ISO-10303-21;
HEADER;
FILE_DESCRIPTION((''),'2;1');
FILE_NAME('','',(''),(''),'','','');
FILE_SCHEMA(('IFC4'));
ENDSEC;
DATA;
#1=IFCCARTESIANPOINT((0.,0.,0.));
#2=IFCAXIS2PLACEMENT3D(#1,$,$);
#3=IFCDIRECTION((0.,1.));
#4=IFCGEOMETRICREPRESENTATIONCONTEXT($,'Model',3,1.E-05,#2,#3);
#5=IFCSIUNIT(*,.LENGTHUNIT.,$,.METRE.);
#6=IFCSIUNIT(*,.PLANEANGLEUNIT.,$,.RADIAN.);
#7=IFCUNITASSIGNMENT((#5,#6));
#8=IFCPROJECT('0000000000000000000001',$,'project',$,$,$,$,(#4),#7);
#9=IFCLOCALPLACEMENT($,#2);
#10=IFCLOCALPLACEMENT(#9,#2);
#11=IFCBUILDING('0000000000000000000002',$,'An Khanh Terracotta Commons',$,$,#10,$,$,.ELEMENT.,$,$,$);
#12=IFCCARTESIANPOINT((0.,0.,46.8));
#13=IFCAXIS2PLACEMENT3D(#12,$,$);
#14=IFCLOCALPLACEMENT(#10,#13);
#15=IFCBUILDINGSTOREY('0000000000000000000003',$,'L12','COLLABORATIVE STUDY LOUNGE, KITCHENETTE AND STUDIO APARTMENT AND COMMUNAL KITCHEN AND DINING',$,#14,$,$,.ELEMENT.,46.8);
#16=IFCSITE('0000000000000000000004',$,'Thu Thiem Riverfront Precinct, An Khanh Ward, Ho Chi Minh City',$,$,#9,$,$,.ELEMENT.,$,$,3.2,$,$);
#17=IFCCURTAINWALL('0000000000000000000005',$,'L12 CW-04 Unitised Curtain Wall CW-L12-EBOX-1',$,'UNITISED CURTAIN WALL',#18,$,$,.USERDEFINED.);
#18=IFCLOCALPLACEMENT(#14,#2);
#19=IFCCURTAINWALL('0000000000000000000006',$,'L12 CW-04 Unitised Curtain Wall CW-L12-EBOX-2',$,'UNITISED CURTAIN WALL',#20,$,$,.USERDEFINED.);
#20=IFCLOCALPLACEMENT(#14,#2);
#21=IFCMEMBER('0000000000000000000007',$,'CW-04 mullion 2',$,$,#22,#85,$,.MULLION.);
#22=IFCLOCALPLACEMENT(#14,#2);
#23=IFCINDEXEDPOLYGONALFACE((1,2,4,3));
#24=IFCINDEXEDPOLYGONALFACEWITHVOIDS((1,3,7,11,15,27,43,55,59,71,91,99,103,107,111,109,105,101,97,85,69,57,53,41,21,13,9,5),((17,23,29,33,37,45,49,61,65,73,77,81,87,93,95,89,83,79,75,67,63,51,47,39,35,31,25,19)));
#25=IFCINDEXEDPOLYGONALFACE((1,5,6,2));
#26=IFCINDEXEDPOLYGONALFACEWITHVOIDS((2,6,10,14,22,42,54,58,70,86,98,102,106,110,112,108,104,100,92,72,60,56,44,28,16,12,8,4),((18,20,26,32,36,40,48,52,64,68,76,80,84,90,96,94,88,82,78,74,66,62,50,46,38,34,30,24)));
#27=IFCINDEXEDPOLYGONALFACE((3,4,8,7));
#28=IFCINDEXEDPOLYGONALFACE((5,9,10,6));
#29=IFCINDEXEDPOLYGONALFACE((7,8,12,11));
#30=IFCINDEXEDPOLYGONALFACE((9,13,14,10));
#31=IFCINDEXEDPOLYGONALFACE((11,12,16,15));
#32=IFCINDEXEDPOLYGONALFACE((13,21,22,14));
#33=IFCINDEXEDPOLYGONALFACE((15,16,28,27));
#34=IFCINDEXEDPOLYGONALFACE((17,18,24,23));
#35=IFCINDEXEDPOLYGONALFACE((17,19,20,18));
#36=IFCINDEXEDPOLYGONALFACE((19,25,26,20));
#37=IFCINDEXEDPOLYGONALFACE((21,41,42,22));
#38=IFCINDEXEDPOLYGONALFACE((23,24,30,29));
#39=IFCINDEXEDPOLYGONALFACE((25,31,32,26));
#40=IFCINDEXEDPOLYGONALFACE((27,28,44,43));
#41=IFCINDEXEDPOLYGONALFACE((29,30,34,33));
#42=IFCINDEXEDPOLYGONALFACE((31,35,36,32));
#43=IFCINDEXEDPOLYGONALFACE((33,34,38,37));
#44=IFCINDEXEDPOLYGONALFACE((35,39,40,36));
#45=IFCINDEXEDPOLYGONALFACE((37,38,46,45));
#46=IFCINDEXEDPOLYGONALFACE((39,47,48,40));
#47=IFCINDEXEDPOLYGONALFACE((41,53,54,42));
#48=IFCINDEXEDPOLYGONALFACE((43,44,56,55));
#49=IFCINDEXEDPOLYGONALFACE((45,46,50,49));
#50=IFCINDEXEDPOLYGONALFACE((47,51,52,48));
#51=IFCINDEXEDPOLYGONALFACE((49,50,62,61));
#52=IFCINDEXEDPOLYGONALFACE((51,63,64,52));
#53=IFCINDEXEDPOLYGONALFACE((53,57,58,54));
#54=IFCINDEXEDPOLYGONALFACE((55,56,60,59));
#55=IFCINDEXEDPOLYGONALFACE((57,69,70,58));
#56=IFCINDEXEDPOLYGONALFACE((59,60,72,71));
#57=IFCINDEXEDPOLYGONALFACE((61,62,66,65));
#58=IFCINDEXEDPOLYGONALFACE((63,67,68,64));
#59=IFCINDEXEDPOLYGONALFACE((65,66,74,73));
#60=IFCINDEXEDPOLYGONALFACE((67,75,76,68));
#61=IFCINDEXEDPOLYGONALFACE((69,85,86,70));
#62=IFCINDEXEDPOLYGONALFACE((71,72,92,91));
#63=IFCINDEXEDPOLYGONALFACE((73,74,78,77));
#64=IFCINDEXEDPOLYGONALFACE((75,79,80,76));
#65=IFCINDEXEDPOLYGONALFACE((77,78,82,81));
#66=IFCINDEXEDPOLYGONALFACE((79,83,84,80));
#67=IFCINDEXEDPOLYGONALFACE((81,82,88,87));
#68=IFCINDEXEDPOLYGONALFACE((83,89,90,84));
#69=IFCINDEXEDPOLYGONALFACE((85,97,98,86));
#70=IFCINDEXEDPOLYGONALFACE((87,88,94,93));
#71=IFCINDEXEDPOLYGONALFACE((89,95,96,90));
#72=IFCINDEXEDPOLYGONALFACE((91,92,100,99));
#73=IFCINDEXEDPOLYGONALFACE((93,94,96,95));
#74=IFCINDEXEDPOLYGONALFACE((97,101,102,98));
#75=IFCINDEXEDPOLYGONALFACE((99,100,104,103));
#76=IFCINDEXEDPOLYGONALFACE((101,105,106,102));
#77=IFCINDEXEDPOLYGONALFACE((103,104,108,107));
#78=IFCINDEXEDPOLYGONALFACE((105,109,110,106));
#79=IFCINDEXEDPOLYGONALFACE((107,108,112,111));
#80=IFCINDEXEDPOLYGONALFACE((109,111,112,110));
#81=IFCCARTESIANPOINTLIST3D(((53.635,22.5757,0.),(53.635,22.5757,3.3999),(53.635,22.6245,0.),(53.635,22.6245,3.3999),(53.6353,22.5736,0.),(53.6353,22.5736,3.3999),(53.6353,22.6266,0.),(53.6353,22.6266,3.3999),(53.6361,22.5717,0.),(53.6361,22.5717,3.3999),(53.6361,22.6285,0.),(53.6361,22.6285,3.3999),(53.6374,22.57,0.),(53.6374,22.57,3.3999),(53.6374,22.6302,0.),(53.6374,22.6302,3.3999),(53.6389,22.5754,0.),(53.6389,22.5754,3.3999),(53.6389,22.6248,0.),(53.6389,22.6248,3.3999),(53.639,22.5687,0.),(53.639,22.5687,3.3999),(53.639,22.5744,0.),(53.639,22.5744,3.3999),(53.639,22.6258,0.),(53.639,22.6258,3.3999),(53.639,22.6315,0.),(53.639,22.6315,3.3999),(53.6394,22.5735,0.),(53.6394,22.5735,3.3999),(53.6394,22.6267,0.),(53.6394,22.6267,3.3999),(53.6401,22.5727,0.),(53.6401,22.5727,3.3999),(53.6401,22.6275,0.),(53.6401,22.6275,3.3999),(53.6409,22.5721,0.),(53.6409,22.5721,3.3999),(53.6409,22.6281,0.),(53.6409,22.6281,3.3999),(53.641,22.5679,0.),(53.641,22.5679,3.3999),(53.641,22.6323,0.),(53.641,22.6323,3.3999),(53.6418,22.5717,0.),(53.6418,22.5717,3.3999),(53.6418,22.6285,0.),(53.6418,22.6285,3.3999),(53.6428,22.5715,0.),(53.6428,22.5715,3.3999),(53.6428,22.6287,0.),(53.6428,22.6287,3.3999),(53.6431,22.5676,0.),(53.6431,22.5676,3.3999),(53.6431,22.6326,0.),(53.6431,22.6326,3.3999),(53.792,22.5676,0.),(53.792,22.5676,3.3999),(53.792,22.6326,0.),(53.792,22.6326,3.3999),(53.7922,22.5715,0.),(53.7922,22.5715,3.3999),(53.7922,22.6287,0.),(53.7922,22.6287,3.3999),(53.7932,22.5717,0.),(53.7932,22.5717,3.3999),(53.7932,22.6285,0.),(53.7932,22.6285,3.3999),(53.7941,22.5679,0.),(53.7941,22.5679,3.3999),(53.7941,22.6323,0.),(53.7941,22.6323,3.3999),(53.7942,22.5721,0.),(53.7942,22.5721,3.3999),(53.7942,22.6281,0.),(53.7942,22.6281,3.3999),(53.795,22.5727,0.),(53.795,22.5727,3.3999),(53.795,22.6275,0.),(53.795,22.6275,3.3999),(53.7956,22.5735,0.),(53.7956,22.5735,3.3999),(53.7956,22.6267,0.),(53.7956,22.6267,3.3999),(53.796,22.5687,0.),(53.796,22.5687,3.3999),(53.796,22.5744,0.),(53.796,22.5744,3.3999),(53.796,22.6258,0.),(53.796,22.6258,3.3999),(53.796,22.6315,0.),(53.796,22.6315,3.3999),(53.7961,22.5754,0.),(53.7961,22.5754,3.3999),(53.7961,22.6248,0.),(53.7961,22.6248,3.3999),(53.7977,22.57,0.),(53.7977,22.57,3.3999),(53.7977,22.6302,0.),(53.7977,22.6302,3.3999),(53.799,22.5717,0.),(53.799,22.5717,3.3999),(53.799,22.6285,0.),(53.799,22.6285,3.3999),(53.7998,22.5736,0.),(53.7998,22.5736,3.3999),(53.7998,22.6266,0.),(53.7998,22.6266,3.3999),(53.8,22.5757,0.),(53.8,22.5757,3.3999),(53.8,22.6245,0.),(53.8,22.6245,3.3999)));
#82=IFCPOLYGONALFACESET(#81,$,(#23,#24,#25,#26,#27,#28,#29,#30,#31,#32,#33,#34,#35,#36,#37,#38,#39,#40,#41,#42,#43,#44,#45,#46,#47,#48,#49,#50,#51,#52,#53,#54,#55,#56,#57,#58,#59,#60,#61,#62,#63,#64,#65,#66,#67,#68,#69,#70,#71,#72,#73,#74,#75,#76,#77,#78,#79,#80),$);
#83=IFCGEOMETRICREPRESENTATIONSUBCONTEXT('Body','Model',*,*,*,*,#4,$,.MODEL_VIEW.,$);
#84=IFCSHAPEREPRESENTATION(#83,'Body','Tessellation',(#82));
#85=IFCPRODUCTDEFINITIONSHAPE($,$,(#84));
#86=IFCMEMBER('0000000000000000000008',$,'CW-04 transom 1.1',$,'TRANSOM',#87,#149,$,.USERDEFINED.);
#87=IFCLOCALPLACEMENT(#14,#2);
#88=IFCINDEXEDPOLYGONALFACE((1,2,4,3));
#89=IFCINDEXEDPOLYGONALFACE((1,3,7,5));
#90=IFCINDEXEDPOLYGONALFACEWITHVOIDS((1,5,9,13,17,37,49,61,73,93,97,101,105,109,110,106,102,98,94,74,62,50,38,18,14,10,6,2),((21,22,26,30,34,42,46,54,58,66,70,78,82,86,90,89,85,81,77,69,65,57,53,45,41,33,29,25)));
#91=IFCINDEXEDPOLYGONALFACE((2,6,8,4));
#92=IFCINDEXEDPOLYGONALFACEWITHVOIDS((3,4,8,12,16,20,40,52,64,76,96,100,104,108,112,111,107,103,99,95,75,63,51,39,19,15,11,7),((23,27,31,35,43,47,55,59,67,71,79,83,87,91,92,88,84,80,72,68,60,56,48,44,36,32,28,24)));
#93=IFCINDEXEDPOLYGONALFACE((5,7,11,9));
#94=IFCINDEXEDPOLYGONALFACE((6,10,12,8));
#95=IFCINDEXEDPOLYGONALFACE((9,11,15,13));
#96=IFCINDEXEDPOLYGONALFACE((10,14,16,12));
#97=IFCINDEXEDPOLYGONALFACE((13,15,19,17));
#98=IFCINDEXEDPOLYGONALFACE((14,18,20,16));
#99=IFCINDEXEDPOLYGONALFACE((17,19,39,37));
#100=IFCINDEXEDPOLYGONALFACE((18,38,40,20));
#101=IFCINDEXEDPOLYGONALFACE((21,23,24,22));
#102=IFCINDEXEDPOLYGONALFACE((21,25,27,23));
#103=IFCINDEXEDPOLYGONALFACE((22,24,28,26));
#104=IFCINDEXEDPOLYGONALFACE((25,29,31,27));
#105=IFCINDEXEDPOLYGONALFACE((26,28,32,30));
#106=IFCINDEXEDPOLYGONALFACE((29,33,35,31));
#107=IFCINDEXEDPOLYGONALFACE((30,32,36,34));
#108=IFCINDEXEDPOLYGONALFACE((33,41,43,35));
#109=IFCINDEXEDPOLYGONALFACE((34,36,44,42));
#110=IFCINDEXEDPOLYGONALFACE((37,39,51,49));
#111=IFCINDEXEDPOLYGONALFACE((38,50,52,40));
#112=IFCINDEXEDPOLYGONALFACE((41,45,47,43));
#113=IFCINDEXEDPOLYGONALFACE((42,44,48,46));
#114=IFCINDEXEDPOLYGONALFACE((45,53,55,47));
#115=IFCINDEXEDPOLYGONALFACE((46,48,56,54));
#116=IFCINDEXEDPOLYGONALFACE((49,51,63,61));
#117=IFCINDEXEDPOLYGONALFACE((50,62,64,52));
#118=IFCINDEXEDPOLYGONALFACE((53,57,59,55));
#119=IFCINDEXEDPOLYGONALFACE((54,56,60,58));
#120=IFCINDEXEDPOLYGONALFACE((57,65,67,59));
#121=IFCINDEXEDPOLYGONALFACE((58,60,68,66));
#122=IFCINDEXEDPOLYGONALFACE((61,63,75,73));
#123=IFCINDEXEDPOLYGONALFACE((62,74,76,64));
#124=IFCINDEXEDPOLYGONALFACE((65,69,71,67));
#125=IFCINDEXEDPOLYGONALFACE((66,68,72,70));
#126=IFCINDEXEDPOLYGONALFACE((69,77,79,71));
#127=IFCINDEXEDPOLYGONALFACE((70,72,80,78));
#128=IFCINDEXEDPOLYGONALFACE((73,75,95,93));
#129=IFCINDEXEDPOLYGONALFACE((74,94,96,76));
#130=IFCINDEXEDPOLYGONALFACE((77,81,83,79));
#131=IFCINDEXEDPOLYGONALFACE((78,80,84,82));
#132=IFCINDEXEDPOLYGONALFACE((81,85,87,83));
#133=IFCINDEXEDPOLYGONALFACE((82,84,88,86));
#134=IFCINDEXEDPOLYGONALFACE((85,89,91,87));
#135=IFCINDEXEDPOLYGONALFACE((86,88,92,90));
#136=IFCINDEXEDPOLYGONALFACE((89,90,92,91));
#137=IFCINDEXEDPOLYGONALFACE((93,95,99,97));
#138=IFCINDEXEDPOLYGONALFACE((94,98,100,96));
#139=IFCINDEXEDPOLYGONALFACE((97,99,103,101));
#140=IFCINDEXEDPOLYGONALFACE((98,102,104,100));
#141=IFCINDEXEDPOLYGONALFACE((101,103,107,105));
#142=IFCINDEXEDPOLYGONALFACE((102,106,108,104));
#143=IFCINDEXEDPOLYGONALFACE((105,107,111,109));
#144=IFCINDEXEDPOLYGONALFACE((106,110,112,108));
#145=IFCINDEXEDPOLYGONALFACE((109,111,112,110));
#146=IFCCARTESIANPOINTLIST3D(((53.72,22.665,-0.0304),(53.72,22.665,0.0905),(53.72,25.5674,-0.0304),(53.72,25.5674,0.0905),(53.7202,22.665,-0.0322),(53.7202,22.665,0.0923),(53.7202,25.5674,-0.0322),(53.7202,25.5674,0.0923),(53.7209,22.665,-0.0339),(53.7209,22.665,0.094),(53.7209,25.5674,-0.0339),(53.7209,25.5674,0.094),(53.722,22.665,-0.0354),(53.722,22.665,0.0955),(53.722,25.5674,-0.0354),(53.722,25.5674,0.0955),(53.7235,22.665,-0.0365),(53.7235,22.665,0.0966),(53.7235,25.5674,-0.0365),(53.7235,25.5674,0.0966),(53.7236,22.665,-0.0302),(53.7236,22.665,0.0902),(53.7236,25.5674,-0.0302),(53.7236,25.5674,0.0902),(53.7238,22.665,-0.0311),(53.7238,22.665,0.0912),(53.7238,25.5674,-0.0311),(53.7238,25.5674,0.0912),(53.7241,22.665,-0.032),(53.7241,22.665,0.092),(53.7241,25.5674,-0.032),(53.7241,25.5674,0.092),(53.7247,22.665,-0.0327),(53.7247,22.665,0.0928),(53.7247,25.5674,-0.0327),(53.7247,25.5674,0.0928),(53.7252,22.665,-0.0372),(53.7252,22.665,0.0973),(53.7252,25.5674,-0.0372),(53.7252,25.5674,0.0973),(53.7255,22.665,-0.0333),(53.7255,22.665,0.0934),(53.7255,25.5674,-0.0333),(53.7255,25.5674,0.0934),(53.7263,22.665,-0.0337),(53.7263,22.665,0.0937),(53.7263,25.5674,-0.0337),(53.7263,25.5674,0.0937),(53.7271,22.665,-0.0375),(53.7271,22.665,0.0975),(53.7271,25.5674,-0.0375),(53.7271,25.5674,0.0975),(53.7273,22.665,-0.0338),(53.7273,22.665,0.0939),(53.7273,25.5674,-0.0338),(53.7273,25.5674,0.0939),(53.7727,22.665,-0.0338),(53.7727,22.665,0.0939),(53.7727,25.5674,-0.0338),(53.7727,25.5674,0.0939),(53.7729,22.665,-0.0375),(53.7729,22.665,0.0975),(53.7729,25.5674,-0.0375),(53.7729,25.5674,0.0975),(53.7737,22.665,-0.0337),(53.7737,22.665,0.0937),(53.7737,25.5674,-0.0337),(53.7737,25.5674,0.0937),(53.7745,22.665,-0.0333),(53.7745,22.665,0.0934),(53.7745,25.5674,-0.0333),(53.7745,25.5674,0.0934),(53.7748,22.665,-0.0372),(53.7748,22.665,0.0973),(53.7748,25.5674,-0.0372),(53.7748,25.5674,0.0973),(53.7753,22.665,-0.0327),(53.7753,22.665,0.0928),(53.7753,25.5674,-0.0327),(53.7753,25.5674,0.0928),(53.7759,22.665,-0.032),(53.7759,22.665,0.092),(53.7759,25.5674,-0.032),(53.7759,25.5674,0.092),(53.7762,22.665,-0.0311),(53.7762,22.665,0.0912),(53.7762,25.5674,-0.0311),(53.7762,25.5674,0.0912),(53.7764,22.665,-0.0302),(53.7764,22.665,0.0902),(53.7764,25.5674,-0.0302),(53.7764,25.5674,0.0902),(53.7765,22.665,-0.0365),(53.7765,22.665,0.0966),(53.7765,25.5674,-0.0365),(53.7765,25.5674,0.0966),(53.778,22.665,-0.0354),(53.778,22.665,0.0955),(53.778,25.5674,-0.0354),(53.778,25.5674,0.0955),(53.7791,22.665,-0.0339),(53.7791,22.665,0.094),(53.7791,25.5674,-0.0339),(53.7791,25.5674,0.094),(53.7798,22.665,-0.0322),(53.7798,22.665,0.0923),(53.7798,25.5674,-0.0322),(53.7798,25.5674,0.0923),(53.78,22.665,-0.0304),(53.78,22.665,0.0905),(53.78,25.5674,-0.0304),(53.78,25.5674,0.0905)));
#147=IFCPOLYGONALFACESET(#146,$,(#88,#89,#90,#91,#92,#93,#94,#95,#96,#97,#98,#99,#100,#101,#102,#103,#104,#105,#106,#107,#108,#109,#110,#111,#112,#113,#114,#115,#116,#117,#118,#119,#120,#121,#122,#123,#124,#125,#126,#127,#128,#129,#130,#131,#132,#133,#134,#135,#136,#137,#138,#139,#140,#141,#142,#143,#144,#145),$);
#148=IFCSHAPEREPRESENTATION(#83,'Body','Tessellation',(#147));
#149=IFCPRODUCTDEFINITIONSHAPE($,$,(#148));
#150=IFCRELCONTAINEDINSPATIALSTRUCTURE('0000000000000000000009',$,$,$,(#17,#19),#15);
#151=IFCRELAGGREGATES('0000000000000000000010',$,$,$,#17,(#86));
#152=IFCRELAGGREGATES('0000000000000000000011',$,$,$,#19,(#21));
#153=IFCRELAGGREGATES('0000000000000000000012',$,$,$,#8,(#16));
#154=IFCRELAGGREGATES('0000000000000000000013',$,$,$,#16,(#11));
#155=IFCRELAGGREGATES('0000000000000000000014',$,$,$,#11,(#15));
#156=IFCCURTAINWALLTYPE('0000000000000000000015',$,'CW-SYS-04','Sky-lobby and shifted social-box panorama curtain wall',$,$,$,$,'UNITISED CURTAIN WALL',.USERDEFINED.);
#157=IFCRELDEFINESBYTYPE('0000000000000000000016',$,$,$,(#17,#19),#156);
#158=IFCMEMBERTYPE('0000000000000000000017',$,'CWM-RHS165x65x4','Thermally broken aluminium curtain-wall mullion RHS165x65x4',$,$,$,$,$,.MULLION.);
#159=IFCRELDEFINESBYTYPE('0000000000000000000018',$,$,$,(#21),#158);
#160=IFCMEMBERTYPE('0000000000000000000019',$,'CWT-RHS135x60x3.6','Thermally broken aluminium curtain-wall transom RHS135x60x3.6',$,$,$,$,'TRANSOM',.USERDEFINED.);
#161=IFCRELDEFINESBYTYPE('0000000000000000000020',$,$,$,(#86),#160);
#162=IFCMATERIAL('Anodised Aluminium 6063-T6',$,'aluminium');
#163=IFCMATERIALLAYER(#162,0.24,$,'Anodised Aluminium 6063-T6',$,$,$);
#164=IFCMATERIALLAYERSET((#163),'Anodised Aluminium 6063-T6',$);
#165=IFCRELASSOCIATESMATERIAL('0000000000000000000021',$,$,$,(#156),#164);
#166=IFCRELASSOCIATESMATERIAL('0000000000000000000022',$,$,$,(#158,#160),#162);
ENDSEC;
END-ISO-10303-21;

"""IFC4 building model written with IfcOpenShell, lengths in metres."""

from ifc_helpers import new_model, si_unit, direction, frame, origin, origin_2d, place, context, subcontext, project, spatial, hollow_rectangle, extrude, material, layer, layer_set, material_profile, profile_set, type_object, element, aggregate, save


model = new_model("IFC4")

# Units and contexts
model_context = context("Model", 3, precision=1e-05, world=origin(), true_north=direction((0.0, 1.0)))
body_context = subcontext(model_context, "Body", "Model", "MODEL_VIEW")
ifc_project = project(units=[si_unit("LENGTHUNIT", "METRE"), si_unit("PLANEANGLEUNIT", "RADIAN")], contexts=[model_context])

# Site, building, storey
site_placement = place(None, origin())
site = spatial("IfcSite", under=ifc_project, at=site_placement, Name="Thu Thiem Riverfront Precinct, An Khanh Ward, Ho Chi Minh City", CompositionType="ELEMENT", RefElevation=3.2)
building_placement = place(site_placement, origin())
building = spatial("IfcBuilding", under=site, at=building_placement, Name="An Khanh Terracotta Commons", CompositionType="ELEMENT")
storey_placement = place(building_placement, frame((0.0, 0.0, 46.8)))
storey = spatial("IfcBuildingStorey", under=building, at=storey_placement, Name="L12", Description="COLLABORATIVE STUDY LOUNGE, KITCHENETTE AND STUDIO APARTMENT AND COMMUNAL KITCHEN AND DINING", CompositionType="ELEMENT", Elevation=46.8)

# Curtain wall
ifc_material_1 = material(Name="Anodised Aluminium 6063-T6", Category="aluminium")
ifc_layer_1 = layer(ifc_material_1, 0.24, Name="Anodised Aluminium 6063-T6")
ifc_layer_set_1 = layer_set([ifc_layer_1], Name="Anodised Aluminium 6063-T6")
curtain_wall_type = type_object("IfcCurtainWallType", Name="CW-SYS-04", Description="Sky-lobby and shifted social-box panorama curtain wall", ElementType="UNITISED CURTAIN WALL", PredefinedType="USERDEFINED", material=ifc_layer_set_1)
curtain_wall_1_placement = place(storey_placement, origin())
curtain_wall_1 = element("IfcCurtainWall", 1, at=curtain_wall_1_placement, inside=storey, type_object=curtain_wall_type, Name="L12 CW-04 Unitised Curtain Wall CW-L12-EBOX-1", ObjectType="UNITISED CURTAIN WALL", PredefinedType="USERDEFINED")
ifc_material_profile_1 = material_profile(ifc_material_1, hollow_rectangle(XDim=0.0649, YDim=0.165, WallThickness=0.0039, InnerFilletRadius=0.0039, OuterFilletRadius=0.0081, at=origin_2d()), Name="RHS165x65x4")
ifc_profile_set_1 = profile_set([ifc_material_profile_1], Name="Anodised Aluminium 6063-T6")
member_type_1 = type_object("IfcMemberType", Name="CWM-RHS165x65x4", Description="Thermally broken aluminium curtain-wall mullion RHS165x65x4", PredefinedType="MULLION", material=ifc_profile_set_1)

# Curtain wall, member
curtain_wall_2_placement = place(storey_placement, origin())
curtain_wall_2 = element("IfcCurtainWall", 2, at=curtain_wall_2_placement, inside=storey, type_object=curtain_wall_type, Name="L12 CW-04 Unitised Curtain Wall CW-L12-EBOX-2", ObjectType="UNITISED CURTAIN WALL", PredefinedType="USERDEFINED")
member_1_placement = place(storey_placement, frame((53.7175, 22.6001, 0.0), z_axis=(0.0, 0.0, 1.0), x_axis=(0.0, 1.0, 0.0)))
member_1 = element("IfcMember", 3, at=member_1_placement, type_object=member_type_1, Name="CW-04 mullion 2", PredefinedType="MULLION", context=body_context, shape_type="SweptSolid", body=[
    extrude(hollow_rectangle(XDim=0.0649, YDim=0.165, WallThickness=0.0039, InnerFilletRadius=0.0039, OuterFilletRadius=0.0081, at=origin_2d()), origin(), (0.0, 0.0, 1.0), 3.3999),
])

# Member
ifc_material_profile_2 = material_profile(ifc_material_1, hollow_rectangle(XDim=0.0601, YDim=0.135, WallThickness=0.0037, InnerFilletRadius=0.0037, OuterFilletRadius=0.0071, at=origin_2d()), Name="RHS135x60x3.6")
ifc_profile_set_2 = profile_set([ifc_material_profile_2], Name="Anodised Aluminium 6063-T6")
member_type_2 = type_object("IfcMemberType", Name="CWT-RHS135x60x3.6", Description="Thermally broken aluminium curtain-wall transom RHS135x60x3.6", ElementType="TRANSOM", PredefinedType="USERDEFINED", material=ifc_profile_set_2)
member_2_placement = place(storey_placement, frame((53.75, 22.665, 0.03), z_axis=(0.0, 1.0, 0.0), x_axis=(-1.0, 0.0, 0.0)))
member_2 = element("IfcMember", 4, at=member_2_placement, type_object=member_type_2, Name="CW-04 transom 1.1", ObjectType="TRANSOM", PredefinedType="USERDEFINED", context=body_context, shape_type="SweptSolid", body=[
    extrude(hollow_rectangle(XDim=0.0601, YDim=0.135, WallThickness=0.0037, InnerFilletRadius=0.0037, OuterFilletRadius=0.0071, at=origin_2d()), origin(), (0.0, 0.0, 1.0), 2.9023),
])
aggregate(curtain_wall_1, [member_2])

aggregate(curtain_wall_2, [member_1])

save(model, "model.ifc")
